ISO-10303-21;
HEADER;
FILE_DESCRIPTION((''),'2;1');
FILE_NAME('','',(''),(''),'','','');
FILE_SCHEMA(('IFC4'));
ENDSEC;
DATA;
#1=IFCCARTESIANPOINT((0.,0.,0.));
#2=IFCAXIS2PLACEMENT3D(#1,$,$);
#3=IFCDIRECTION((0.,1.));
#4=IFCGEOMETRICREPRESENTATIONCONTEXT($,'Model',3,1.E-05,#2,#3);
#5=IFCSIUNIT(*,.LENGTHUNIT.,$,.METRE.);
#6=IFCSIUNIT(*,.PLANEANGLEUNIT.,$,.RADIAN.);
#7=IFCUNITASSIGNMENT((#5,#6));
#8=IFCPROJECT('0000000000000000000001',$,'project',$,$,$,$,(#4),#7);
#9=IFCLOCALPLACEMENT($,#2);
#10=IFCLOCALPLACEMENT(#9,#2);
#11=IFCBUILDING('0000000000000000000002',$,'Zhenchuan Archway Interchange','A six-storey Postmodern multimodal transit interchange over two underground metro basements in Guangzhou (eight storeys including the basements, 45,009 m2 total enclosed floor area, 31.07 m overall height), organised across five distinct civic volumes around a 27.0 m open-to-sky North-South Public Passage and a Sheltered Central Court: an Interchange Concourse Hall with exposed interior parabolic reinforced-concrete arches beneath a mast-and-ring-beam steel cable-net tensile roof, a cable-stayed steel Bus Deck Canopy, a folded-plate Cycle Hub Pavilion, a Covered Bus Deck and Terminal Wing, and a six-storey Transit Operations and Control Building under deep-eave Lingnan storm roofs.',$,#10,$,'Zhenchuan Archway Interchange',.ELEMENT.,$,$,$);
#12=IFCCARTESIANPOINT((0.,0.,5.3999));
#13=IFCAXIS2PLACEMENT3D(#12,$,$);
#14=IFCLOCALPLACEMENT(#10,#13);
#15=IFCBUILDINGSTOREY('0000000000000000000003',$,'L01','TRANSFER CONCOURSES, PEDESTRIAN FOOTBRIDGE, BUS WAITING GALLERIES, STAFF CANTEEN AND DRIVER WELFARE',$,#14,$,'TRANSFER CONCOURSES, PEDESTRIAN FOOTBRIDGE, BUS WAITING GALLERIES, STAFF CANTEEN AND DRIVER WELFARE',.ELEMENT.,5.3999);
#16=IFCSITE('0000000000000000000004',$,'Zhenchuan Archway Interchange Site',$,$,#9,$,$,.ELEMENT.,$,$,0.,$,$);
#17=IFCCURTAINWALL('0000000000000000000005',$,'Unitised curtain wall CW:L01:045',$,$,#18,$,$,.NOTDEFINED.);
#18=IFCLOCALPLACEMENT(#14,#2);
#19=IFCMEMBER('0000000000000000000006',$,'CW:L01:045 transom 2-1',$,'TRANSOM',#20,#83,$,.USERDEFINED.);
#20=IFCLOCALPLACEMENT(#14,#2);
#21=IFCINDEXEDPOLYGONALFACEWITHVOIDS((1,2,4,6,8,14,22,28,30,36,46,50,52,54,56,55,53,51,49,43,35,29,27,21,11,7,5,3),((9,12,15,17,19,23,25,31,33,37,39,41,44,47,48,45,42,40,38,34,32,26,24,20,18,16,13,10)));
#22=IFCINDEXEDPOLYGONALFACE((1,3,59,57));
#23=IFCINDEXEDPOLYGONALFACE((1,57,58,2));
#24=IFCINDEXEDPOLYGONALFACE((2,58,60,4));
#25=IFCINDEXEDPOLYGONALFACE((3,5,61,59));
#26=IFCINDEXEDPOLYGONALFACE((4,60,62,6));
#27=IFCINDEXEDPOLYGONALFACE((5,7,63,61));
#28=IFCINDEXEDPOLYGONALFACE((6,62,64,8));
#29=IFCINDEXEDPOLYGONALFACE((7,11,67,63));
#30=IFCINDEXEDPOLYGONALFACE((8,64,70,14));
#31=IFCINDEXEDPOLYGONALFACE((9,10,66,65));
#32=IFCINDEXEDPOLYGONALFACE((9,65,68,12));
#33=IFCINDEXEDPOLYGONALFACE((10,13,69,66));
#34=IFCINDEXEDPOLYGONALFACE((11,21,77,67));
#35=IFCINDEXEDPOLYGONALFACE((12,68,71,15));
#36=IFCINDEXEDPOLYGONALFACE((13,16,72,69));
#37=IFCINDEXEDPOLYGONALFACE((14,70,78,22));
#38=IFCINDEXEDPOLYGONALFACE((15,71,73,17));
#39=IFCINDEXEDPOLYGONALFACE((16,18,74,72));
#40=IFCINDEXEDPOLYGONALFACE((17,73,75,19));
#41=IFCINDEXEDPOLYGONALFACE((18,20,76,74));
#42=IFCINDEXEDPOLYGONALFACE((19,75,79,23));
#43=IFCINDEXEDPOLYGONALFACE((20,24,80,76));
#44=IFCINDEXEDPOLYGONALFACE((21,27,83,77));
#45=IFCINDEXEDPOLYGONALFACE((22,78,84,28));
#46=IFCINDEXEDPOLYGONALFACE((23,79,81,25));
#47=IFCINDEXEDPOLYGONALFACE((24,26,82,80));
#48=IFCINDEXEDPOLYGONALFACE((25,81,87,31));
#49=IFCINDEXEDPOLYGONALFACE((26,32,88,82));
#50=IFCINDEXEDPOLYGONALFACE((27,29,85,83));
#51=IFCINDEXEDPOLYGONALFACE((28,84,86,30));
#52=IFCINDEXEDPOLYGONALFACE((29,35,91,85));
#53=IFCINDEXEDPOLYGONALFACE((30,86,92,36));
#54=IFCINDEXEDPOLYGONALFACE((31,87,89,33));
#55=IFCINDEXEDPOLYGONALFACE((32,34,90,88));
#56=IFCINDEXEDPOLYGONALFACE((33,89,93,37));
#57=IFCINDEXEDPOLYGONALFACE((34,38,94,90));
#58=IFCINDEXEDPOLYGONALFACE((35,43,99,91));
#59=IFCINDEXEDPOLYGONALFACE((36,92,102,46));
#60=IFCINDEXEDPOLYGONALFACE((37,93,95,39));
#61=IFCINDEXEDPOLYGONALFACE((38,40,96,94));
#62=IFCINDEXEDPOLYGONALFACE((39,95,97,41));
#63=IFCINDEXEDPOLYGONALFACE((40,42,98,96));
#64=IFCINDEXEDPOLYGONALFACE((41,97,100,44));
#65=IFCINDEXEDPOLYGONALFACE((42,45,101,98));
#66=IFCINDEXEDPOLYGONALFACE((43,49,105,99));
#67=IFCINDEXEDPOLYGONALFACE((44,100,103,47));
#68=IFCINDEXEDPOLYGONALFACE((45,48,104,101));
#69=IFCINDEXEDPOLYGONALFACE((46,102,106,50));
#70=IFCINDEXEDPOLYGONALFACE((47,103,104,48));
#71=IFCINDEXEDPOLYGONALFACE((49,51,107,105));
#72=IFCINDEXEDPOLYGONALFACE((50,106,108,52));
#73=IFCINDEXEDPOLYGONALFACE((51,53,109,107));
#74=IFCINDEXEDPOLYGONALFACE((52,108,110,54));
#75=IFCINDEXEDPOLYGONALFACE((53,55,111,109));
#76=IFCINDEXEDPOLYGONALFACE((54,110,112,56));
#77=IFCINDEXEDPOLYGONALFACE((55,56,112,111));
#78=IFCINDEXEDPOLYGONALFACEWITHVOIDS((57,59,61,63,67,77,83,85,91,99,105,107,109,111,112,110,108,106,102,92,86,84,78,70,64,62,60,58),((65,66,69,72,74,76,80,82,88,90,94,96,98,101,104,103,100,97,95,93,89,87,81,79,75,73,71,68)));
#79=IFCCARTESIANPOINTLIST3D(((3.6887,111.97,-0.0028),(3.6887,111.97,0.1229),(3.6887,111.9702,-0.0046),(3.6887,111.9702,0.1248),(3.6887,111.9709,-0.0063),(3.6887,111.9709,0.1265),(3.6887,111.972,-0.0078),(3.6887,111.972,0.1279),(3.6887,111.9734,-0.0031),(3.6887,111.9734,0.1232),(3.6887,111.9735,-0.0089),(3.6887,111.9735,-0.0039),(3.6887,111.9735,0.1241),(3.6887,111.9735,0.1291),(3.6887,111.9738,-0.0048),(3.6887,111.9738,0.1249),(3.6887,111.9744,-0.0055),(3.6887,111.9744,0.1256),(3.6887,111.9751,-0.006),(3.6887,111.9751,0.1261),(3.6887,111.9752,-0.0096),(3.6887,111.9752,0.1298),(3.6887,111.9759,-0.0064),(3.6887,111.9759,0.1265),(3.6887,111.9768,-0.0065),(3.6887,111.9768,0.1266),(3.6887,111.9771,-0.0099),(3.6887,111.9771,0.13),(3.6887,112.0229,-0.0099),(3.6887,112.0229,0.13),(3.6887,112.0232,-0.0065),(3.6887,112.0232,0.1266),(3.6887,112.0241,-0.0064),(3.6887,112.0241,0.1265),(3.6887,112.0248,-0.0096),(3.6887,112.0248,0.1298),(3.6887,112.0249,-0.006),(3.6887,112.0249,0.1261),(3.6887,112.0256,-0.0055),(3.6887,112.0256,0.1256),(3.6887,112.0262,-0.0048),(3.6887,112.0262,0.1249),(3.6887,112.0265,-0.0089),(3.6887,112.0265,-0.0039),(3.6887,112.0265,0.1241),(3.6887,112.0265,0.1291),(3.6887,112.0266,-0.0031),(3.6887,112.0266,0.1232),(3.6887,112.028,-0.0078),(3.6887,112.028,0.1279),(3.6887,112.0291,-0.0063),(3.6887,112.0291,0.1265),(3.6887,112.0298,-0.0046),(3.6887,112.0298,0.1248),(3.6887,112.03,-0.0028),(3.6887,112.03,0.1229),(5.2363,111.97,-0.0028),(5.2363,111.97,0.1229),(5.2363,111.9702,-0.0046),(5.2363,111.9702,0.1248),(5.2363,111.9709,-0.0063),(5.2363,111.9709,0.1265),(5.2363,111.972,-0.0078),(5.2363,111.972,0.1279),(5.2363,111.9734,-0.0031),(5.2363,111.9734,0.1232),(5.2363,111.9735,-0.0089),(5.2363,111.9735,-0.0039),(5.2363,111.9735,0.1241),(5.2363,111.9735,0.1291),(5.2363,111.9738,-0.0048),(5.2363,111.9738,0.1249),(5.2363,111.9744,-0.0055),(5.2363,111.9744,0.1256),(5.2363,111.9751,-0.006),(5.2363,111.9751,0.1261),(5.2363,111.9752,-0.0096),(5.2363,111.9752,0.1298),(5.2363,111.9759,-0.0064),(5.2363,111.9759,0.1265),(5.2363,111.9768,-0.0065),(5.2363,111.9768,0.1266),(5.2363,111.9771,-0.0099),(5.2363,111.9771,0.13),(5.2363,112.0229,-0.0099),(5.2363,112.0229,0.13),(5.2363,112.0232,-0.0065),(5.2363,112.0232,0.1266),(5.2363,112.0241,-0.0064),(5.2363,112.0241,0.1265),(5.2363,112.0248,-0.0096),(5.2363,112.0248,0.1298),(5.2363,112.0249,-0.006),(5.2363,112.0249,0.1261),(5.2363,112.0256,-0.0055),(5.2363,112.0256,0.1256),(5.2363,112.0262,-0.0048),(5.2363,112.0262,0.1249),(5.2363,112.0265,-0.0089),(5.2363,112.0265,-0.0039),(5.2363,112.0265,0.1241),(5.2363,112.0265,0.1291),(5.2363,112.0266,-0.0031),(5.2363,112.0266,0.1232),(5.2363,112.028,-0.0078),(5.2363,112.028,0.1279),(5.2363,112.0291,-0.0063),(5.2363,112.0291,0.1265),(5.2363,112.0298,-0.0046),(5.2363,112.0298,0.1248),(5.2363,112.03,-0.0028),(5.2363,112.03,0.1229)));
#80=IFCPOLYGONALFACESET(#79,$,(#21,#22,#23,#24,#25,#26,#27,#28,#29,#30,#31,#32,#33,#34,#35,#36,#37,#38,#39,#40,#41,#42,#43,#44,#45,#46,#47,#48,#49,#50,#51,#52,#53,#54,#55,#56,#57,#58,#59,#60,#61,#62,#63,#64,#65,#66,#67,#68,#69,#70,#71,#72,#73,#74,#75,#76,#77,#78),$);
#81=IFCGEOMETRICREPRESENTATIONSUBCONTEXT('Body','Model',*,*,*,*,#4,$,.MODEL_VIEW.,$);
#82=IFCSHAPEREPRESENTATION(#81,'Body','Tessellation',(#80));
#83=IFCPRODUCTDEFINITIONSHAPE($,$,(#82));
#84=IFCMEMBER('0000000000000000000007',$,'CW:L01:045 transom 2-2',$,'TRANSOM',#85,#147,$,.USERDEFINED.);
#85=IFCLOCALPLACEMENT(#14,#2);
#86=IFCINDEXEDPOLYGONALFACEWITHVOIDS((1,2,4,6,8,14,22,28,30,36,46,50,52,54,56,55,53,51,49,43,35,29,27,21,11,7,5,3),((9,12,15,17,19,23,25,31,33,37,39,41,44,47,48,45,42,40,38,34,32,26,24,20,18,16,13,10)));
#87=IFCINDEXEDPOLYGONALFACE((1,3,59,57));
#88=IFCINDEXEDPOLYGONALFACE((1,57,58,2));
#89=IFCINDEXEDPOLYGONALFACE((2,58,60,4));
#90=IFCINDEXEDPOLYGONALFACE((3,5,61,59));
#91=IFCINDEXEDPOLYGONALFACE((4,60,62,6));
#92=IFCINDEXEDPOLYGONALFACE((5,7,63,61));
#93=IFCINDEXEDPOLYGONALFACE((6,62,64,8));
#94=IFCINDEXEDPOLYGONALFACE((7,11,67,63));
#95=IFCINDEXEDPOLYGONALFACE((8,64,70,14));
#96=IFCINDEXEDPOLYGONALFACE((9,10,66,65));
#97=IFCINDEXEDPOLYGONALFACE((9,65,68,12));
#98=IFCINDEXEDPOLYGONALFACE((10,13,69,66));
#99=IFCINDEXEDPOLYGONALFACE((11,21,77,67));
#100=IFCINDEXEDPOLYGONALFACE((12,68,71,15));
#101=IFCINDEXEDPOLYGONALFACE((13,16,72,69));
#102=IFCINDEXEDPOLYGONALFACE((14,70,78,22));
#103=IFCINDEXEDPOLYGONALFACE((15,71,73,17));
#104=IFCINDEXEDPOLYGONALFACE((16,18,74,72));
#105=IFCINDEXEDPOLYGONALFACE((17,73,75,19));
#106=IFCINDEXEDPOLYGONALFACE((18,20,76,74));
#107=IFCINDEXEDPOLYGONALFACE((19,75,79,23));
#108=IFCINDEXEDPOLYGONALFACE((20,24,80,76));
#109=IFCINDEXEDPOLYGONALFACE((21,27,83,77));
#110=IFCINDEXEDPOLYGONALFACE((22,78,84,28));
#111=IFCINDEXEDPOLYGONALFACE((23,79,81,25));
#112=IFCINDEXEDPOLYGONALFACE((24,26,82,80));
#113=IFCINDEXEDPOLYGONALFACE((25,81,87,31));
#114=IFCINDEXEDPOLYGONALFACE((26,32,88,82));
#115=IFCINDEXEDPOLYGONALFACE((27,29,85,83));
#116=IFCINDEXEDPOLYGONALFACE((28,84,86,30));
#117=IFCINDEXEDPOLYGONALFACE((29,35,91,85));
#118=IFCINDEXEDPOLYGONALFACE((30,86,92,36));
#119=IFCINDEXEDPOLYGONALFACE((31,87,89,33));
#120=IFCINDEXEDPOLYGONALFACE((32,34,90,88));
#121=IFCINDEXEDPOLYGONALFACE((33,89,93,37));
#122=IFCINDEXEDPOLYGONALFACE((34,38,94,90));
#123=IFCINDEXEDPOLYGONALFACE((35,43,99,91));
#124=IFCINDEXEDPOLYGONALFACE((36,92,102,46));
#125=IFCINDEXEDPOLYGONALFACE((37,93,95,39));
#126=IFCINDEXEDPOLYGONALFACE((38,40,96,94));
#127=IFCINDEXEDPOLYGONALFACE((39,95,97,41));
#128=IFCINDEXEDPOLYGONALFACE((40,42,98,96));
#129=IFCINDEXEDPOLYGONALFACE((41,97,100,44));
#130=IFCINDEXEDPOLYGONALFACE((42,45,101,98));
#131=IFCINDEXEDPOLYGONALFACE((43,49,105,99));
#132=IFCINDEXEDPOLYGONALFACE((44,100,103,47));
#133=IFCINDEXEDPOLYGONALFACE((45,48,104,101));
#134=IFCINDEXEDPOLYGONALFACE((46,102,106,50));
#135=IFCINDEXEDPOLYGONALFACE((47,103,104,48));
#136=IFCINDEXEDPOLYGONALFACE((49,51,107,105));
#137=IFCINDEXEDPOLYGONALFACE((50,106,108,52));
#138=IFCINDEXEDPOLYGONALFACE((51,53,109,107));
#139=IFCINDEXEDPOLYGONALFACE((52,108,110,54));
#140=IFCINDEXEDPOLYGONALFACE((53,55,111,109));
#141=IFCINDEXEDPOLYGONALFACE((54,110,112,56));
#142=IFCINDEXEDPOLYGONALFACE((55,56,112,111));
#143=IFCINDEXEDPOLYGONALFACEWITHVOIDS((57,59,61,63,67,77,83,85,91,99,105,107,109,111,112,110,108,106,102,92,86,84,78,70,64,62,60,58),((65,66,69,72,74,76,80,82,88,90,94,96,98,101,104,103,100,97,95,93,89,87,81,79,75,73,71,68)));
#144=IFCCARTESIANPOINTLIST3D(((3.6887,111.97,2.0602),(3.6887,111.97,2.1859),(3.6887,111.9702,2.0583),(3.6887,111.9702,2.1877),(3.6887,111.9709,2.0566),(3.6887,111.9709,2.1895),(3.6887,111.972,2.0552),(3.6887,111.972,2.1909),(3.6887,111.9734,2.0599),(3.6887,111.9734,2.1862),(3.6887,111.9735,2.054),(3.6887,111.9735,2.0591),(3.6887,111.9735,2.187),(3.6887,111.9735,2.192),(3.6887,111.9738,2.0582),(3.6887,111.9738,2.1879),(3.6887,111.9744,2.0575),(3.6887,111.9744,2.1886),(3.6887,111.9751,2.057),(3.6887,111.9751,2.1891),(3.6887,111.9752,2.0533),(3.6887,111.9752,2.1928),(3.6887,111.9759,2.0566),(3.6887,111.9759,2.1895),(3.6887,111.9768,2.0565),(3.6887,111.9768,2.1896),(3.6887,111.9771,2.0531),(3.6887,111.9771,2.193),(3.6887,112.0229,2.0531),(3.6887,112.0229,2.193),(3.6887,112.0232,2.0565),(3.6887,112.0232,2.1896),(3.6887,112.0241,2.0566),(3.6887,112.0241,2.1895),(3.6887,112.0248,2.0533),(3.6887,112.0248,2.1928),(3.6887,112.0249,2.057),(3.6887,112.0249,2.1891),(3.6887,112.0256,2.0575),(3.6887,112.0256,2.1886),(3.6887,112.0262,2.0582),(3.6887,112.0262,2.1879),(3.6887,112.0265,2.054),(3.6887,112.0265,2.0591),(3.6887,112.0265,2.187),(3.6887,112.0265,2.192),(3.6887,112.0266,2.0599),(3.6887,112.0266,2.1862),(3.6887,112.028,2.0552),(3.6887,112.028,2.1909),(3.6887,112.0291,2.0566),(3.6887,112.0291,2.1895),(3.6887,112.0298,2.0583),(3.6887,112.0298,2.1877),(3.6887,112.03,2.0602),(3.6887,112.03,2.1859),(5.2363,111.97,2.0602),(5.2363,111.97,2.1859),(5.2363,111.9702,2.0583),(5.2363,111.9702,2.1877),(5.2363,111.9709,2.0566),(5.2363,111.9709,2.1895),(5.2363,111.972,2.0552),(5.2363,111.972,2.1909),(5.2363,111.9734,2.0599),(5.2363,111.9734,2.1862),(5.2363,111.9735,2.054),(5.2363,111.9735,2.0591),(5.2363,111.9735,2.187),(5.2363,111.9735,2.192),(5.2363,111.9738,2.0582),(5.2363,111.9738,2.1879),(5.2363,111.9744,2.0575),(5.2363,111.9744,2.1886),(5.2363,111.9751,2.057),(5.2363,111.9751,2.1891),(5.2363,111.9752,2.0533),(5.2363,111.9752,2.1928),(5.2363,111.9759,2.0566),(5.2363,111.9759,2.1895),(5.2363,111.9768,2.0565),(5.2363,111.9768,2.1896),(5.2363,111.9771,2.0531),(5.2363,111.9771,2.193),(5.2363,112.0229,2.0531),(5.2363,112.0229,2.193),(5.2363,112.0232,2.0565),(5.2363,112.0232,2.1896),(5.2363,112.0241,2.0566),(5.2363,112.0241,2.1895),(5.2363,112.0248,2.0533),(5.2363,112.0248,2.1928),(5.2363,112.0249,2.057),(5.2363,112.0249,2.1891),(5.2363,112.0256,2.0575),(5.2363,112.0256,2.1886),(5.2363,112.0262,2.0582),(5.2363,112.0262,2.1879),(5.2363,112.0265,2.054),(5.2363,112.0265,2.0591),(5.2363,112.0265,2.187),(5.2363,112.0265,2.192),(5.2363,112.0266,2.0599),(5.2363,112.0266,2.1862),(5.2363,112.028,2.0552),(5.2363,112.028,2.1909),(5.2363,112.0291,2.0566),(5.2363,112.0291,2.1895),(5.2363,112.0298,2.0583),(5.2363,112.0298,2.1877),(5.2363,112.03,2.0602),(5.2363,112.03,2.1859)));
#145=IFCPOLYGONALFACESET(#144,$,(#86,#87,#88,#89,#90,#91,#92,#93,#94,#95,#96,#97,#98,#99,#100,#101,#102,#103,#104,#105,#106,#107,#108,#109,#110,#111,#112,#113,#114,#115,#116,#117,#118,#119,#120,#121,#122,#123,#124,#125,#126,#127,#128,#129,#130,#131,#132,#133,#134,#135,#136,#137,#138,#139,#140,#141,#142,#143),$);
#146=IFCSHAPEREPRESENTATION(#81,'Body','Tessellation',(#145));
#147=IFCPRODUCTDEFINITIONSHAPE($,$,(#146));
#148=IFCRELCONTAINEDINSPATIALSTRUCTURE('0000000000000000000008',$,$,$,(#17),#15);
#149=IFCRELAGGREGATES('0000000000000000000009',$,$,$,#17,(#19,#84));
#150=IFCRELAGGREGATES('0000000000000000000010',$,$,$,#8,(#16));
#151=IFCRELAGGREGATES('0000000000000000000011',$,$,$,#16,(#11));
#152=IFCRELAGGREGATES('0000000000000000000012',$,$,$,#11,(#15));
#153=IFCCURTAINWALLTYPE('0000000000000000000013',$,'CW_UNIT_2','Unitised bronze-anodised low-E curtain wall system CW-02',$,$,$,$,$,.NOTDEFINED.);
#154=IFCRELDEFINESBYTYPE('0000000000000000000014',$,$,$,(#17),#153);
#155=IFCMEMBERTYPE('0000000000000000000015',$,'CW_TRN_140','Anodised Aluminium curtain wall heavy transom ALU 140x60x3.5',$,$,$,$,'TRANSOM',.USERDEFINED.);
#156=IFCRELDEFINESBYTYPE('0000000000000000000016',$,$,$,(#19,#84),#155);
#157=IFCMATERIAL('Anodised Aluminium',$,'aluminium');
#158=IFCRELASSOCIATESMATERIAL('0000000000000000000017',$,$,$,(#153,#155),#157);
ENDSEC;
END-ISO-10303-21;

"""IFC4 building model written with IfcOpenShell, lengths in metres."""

from ifc_helpers import new_model, si_unit, direction, frame, origin, origin_2d, place, context, subcontext, project, spatial, hollow_rectangle, extrude, material, material_profile, profile_set, type_object, element, aggregate, save


model = new_model("IFC4")

# Units and contexts
model_context = context("Model", 3, precision=1e-05, world=origin(), true_north=direction((0.0, 1.0)))
body_context = subcontext(model_context, "Body", "Model", "MODEL_VIEW")
ifc_project = project(units=[si_unit("LENGTHUNIT", "METRE"), si_unit("PLANEANGLEUNIT", "RADIAN")], contexts=[model_context])

# Site, building, storey
site_placement = place(None, origin())
site = spatial("IfcSite", under=ifc_project, at=site_placement, Name="Zhenchuan Archway Interchange Site", CompositionType="ELEMENT", RefElevation=0.0)
building_placement = place(site_placement, origin())
building = spatial("IfcBuilding", under=site, at=building_placement, Name="Zhenchuan Archway Interchange", Description="A six-storey Postmodern multimodal transit interchange over two underground metro basements in Guangzhou (eight storeys including the basements, 45,009 m2 total enclosed floor area, 31.07 m overall height), organised across five distinct civic volumes around a 27.0 m open-to-sky North-South Public Passage and a Sheltered Central Court: an Interchange Concourse Hall with exposed interior parabolic reinforced-concrete arches beneath a mast-and-ring-beam steel cable-net tensile roof, a cable-stayed steel Bus Deck Canopy, a folded-plate Cycle Hub Pavilion, a Covered Bus Deck and Terminal Wing, and a six-storey Transit Operations and Control Building under deep-eave Lingnan storm roofs.", LongName="Zhenchuan Archway Interchange", CompositionType="ELEMENT")
storey_placement = place(building_placement, frame((0.0, 0.0, 5.3999)))
storey = spatial("IfcBuildingStorey", under=building, at=storey_placement, Name="L01", Description="TRANSFER CONCOURSES, PEDESTRIAN FOOTBRIDGE, BUS WAITING GALLERIES, STAFF CANTEEN AND DRIVER WELFARE", LongName="TRANSFER CONCOURSES, PEDESTRIAN FOOTBRIDGE, BUS WAITING GALLERIES, STAFF CANTEEN AND DRIVER WELFARE", CompositionType="ELEMENT", Elevation=5.3999)

# Curtain wall
ifc_material_1 = material(Name="Anodised Aluminium", Category="aluminium")
curtain_wall_type_1 = type_object("IfcCurtainWallType", Name="CW_UNIT_2", Description="Unitised bronze-anodised low-E curtain wall system CW-02", PredefinedType="NOTDEFINED", material=ifc_material_1)
curtain_wall_1_placement = place(storey_placement, origin())
curtain_wall_1 = element("IfcCurtainWall", 1, at=curtain_wall_1_placement, inside=storey, type_object=curtain_wall_type_1, Name="Unitised curtain wall CW:L01:045", PredefinedType="NOTDEFINED")

# Members
ifc_material_profile_1 = material_profile(ifc_material_1, hollow_rectangle(XDim=0.0601, YDim=0.1399, WallThickness=0.0034, InnerFilletRadius=0.0034, OuterFilletRadius=0.0071, at=origin_2d()), Name="ALU 140x60x3.5")
ifc_profile_set_1 = profile_set([ifc_material_profile_1], Name="Anodised Aluminium")
member_type_1 = type_object("IfcMemberType", Name="CW_TRN_140", Description="Anodised Aluminium curtain wall heavy transom ALU 140x60x3.5", ElementType="TRANSOM", PredefinedType="USERDEFINED", material=ifc_profile_set_1)
member_1_placement = place(storey_placement, frame((3.6887, 112.0, 0.0601), z_axis=(1.0, 0.0, 0.0), x_axis=(0.0, 1.0, 0.0)))
member_1 = element("IfcMember", 2, at=member_1_placement, type_object=member_type_1, Name="CW:L01:045 transom 2-1", ObjectType="TRANSOM", PredefinedType="USERDEFINED", context=body_context, shape_type="SweptSolid", body=[
    extrude(hollow_rectangle(XDim=0.0601, YDim=0.1399, WallThickness=0.0034, InnerFilletRadius=0.0034, OuterFilletRadius=0.0071, at=origin_2d()), origin(), (0.0, 0.0, 1.0), 1.5476),
])
member_2_placement = place(storey_placement, frame((3.6887, 112.0, 2.123), z_axis=(1.0, 0.0, 0.0), x_axis=(0.0, 1.0, 0.0)))
member_2 = element("IfcMember", 3, at=member_2_placement, type_object=member_type_1, Name="CW:L01:045 transom 2-2", ObjectType="TRANSOM", PredefinedType="USERDEFINED", context=body_context, shape_type="SweptSolid", body=[
    extrude(hollow_rectangle(XDim=0.0601, YDim=0.1399, WallThickness=0.0034, InnerFilletRadius=0.0034, OuterFilletRadius=0.0071, at=origin_2d()), origin(), (0.0, 0.0, 1.0), 1.5476),
])

aggregate(curtain_wall_1, [member_1, member_2])

save(model, "model.ifc")
